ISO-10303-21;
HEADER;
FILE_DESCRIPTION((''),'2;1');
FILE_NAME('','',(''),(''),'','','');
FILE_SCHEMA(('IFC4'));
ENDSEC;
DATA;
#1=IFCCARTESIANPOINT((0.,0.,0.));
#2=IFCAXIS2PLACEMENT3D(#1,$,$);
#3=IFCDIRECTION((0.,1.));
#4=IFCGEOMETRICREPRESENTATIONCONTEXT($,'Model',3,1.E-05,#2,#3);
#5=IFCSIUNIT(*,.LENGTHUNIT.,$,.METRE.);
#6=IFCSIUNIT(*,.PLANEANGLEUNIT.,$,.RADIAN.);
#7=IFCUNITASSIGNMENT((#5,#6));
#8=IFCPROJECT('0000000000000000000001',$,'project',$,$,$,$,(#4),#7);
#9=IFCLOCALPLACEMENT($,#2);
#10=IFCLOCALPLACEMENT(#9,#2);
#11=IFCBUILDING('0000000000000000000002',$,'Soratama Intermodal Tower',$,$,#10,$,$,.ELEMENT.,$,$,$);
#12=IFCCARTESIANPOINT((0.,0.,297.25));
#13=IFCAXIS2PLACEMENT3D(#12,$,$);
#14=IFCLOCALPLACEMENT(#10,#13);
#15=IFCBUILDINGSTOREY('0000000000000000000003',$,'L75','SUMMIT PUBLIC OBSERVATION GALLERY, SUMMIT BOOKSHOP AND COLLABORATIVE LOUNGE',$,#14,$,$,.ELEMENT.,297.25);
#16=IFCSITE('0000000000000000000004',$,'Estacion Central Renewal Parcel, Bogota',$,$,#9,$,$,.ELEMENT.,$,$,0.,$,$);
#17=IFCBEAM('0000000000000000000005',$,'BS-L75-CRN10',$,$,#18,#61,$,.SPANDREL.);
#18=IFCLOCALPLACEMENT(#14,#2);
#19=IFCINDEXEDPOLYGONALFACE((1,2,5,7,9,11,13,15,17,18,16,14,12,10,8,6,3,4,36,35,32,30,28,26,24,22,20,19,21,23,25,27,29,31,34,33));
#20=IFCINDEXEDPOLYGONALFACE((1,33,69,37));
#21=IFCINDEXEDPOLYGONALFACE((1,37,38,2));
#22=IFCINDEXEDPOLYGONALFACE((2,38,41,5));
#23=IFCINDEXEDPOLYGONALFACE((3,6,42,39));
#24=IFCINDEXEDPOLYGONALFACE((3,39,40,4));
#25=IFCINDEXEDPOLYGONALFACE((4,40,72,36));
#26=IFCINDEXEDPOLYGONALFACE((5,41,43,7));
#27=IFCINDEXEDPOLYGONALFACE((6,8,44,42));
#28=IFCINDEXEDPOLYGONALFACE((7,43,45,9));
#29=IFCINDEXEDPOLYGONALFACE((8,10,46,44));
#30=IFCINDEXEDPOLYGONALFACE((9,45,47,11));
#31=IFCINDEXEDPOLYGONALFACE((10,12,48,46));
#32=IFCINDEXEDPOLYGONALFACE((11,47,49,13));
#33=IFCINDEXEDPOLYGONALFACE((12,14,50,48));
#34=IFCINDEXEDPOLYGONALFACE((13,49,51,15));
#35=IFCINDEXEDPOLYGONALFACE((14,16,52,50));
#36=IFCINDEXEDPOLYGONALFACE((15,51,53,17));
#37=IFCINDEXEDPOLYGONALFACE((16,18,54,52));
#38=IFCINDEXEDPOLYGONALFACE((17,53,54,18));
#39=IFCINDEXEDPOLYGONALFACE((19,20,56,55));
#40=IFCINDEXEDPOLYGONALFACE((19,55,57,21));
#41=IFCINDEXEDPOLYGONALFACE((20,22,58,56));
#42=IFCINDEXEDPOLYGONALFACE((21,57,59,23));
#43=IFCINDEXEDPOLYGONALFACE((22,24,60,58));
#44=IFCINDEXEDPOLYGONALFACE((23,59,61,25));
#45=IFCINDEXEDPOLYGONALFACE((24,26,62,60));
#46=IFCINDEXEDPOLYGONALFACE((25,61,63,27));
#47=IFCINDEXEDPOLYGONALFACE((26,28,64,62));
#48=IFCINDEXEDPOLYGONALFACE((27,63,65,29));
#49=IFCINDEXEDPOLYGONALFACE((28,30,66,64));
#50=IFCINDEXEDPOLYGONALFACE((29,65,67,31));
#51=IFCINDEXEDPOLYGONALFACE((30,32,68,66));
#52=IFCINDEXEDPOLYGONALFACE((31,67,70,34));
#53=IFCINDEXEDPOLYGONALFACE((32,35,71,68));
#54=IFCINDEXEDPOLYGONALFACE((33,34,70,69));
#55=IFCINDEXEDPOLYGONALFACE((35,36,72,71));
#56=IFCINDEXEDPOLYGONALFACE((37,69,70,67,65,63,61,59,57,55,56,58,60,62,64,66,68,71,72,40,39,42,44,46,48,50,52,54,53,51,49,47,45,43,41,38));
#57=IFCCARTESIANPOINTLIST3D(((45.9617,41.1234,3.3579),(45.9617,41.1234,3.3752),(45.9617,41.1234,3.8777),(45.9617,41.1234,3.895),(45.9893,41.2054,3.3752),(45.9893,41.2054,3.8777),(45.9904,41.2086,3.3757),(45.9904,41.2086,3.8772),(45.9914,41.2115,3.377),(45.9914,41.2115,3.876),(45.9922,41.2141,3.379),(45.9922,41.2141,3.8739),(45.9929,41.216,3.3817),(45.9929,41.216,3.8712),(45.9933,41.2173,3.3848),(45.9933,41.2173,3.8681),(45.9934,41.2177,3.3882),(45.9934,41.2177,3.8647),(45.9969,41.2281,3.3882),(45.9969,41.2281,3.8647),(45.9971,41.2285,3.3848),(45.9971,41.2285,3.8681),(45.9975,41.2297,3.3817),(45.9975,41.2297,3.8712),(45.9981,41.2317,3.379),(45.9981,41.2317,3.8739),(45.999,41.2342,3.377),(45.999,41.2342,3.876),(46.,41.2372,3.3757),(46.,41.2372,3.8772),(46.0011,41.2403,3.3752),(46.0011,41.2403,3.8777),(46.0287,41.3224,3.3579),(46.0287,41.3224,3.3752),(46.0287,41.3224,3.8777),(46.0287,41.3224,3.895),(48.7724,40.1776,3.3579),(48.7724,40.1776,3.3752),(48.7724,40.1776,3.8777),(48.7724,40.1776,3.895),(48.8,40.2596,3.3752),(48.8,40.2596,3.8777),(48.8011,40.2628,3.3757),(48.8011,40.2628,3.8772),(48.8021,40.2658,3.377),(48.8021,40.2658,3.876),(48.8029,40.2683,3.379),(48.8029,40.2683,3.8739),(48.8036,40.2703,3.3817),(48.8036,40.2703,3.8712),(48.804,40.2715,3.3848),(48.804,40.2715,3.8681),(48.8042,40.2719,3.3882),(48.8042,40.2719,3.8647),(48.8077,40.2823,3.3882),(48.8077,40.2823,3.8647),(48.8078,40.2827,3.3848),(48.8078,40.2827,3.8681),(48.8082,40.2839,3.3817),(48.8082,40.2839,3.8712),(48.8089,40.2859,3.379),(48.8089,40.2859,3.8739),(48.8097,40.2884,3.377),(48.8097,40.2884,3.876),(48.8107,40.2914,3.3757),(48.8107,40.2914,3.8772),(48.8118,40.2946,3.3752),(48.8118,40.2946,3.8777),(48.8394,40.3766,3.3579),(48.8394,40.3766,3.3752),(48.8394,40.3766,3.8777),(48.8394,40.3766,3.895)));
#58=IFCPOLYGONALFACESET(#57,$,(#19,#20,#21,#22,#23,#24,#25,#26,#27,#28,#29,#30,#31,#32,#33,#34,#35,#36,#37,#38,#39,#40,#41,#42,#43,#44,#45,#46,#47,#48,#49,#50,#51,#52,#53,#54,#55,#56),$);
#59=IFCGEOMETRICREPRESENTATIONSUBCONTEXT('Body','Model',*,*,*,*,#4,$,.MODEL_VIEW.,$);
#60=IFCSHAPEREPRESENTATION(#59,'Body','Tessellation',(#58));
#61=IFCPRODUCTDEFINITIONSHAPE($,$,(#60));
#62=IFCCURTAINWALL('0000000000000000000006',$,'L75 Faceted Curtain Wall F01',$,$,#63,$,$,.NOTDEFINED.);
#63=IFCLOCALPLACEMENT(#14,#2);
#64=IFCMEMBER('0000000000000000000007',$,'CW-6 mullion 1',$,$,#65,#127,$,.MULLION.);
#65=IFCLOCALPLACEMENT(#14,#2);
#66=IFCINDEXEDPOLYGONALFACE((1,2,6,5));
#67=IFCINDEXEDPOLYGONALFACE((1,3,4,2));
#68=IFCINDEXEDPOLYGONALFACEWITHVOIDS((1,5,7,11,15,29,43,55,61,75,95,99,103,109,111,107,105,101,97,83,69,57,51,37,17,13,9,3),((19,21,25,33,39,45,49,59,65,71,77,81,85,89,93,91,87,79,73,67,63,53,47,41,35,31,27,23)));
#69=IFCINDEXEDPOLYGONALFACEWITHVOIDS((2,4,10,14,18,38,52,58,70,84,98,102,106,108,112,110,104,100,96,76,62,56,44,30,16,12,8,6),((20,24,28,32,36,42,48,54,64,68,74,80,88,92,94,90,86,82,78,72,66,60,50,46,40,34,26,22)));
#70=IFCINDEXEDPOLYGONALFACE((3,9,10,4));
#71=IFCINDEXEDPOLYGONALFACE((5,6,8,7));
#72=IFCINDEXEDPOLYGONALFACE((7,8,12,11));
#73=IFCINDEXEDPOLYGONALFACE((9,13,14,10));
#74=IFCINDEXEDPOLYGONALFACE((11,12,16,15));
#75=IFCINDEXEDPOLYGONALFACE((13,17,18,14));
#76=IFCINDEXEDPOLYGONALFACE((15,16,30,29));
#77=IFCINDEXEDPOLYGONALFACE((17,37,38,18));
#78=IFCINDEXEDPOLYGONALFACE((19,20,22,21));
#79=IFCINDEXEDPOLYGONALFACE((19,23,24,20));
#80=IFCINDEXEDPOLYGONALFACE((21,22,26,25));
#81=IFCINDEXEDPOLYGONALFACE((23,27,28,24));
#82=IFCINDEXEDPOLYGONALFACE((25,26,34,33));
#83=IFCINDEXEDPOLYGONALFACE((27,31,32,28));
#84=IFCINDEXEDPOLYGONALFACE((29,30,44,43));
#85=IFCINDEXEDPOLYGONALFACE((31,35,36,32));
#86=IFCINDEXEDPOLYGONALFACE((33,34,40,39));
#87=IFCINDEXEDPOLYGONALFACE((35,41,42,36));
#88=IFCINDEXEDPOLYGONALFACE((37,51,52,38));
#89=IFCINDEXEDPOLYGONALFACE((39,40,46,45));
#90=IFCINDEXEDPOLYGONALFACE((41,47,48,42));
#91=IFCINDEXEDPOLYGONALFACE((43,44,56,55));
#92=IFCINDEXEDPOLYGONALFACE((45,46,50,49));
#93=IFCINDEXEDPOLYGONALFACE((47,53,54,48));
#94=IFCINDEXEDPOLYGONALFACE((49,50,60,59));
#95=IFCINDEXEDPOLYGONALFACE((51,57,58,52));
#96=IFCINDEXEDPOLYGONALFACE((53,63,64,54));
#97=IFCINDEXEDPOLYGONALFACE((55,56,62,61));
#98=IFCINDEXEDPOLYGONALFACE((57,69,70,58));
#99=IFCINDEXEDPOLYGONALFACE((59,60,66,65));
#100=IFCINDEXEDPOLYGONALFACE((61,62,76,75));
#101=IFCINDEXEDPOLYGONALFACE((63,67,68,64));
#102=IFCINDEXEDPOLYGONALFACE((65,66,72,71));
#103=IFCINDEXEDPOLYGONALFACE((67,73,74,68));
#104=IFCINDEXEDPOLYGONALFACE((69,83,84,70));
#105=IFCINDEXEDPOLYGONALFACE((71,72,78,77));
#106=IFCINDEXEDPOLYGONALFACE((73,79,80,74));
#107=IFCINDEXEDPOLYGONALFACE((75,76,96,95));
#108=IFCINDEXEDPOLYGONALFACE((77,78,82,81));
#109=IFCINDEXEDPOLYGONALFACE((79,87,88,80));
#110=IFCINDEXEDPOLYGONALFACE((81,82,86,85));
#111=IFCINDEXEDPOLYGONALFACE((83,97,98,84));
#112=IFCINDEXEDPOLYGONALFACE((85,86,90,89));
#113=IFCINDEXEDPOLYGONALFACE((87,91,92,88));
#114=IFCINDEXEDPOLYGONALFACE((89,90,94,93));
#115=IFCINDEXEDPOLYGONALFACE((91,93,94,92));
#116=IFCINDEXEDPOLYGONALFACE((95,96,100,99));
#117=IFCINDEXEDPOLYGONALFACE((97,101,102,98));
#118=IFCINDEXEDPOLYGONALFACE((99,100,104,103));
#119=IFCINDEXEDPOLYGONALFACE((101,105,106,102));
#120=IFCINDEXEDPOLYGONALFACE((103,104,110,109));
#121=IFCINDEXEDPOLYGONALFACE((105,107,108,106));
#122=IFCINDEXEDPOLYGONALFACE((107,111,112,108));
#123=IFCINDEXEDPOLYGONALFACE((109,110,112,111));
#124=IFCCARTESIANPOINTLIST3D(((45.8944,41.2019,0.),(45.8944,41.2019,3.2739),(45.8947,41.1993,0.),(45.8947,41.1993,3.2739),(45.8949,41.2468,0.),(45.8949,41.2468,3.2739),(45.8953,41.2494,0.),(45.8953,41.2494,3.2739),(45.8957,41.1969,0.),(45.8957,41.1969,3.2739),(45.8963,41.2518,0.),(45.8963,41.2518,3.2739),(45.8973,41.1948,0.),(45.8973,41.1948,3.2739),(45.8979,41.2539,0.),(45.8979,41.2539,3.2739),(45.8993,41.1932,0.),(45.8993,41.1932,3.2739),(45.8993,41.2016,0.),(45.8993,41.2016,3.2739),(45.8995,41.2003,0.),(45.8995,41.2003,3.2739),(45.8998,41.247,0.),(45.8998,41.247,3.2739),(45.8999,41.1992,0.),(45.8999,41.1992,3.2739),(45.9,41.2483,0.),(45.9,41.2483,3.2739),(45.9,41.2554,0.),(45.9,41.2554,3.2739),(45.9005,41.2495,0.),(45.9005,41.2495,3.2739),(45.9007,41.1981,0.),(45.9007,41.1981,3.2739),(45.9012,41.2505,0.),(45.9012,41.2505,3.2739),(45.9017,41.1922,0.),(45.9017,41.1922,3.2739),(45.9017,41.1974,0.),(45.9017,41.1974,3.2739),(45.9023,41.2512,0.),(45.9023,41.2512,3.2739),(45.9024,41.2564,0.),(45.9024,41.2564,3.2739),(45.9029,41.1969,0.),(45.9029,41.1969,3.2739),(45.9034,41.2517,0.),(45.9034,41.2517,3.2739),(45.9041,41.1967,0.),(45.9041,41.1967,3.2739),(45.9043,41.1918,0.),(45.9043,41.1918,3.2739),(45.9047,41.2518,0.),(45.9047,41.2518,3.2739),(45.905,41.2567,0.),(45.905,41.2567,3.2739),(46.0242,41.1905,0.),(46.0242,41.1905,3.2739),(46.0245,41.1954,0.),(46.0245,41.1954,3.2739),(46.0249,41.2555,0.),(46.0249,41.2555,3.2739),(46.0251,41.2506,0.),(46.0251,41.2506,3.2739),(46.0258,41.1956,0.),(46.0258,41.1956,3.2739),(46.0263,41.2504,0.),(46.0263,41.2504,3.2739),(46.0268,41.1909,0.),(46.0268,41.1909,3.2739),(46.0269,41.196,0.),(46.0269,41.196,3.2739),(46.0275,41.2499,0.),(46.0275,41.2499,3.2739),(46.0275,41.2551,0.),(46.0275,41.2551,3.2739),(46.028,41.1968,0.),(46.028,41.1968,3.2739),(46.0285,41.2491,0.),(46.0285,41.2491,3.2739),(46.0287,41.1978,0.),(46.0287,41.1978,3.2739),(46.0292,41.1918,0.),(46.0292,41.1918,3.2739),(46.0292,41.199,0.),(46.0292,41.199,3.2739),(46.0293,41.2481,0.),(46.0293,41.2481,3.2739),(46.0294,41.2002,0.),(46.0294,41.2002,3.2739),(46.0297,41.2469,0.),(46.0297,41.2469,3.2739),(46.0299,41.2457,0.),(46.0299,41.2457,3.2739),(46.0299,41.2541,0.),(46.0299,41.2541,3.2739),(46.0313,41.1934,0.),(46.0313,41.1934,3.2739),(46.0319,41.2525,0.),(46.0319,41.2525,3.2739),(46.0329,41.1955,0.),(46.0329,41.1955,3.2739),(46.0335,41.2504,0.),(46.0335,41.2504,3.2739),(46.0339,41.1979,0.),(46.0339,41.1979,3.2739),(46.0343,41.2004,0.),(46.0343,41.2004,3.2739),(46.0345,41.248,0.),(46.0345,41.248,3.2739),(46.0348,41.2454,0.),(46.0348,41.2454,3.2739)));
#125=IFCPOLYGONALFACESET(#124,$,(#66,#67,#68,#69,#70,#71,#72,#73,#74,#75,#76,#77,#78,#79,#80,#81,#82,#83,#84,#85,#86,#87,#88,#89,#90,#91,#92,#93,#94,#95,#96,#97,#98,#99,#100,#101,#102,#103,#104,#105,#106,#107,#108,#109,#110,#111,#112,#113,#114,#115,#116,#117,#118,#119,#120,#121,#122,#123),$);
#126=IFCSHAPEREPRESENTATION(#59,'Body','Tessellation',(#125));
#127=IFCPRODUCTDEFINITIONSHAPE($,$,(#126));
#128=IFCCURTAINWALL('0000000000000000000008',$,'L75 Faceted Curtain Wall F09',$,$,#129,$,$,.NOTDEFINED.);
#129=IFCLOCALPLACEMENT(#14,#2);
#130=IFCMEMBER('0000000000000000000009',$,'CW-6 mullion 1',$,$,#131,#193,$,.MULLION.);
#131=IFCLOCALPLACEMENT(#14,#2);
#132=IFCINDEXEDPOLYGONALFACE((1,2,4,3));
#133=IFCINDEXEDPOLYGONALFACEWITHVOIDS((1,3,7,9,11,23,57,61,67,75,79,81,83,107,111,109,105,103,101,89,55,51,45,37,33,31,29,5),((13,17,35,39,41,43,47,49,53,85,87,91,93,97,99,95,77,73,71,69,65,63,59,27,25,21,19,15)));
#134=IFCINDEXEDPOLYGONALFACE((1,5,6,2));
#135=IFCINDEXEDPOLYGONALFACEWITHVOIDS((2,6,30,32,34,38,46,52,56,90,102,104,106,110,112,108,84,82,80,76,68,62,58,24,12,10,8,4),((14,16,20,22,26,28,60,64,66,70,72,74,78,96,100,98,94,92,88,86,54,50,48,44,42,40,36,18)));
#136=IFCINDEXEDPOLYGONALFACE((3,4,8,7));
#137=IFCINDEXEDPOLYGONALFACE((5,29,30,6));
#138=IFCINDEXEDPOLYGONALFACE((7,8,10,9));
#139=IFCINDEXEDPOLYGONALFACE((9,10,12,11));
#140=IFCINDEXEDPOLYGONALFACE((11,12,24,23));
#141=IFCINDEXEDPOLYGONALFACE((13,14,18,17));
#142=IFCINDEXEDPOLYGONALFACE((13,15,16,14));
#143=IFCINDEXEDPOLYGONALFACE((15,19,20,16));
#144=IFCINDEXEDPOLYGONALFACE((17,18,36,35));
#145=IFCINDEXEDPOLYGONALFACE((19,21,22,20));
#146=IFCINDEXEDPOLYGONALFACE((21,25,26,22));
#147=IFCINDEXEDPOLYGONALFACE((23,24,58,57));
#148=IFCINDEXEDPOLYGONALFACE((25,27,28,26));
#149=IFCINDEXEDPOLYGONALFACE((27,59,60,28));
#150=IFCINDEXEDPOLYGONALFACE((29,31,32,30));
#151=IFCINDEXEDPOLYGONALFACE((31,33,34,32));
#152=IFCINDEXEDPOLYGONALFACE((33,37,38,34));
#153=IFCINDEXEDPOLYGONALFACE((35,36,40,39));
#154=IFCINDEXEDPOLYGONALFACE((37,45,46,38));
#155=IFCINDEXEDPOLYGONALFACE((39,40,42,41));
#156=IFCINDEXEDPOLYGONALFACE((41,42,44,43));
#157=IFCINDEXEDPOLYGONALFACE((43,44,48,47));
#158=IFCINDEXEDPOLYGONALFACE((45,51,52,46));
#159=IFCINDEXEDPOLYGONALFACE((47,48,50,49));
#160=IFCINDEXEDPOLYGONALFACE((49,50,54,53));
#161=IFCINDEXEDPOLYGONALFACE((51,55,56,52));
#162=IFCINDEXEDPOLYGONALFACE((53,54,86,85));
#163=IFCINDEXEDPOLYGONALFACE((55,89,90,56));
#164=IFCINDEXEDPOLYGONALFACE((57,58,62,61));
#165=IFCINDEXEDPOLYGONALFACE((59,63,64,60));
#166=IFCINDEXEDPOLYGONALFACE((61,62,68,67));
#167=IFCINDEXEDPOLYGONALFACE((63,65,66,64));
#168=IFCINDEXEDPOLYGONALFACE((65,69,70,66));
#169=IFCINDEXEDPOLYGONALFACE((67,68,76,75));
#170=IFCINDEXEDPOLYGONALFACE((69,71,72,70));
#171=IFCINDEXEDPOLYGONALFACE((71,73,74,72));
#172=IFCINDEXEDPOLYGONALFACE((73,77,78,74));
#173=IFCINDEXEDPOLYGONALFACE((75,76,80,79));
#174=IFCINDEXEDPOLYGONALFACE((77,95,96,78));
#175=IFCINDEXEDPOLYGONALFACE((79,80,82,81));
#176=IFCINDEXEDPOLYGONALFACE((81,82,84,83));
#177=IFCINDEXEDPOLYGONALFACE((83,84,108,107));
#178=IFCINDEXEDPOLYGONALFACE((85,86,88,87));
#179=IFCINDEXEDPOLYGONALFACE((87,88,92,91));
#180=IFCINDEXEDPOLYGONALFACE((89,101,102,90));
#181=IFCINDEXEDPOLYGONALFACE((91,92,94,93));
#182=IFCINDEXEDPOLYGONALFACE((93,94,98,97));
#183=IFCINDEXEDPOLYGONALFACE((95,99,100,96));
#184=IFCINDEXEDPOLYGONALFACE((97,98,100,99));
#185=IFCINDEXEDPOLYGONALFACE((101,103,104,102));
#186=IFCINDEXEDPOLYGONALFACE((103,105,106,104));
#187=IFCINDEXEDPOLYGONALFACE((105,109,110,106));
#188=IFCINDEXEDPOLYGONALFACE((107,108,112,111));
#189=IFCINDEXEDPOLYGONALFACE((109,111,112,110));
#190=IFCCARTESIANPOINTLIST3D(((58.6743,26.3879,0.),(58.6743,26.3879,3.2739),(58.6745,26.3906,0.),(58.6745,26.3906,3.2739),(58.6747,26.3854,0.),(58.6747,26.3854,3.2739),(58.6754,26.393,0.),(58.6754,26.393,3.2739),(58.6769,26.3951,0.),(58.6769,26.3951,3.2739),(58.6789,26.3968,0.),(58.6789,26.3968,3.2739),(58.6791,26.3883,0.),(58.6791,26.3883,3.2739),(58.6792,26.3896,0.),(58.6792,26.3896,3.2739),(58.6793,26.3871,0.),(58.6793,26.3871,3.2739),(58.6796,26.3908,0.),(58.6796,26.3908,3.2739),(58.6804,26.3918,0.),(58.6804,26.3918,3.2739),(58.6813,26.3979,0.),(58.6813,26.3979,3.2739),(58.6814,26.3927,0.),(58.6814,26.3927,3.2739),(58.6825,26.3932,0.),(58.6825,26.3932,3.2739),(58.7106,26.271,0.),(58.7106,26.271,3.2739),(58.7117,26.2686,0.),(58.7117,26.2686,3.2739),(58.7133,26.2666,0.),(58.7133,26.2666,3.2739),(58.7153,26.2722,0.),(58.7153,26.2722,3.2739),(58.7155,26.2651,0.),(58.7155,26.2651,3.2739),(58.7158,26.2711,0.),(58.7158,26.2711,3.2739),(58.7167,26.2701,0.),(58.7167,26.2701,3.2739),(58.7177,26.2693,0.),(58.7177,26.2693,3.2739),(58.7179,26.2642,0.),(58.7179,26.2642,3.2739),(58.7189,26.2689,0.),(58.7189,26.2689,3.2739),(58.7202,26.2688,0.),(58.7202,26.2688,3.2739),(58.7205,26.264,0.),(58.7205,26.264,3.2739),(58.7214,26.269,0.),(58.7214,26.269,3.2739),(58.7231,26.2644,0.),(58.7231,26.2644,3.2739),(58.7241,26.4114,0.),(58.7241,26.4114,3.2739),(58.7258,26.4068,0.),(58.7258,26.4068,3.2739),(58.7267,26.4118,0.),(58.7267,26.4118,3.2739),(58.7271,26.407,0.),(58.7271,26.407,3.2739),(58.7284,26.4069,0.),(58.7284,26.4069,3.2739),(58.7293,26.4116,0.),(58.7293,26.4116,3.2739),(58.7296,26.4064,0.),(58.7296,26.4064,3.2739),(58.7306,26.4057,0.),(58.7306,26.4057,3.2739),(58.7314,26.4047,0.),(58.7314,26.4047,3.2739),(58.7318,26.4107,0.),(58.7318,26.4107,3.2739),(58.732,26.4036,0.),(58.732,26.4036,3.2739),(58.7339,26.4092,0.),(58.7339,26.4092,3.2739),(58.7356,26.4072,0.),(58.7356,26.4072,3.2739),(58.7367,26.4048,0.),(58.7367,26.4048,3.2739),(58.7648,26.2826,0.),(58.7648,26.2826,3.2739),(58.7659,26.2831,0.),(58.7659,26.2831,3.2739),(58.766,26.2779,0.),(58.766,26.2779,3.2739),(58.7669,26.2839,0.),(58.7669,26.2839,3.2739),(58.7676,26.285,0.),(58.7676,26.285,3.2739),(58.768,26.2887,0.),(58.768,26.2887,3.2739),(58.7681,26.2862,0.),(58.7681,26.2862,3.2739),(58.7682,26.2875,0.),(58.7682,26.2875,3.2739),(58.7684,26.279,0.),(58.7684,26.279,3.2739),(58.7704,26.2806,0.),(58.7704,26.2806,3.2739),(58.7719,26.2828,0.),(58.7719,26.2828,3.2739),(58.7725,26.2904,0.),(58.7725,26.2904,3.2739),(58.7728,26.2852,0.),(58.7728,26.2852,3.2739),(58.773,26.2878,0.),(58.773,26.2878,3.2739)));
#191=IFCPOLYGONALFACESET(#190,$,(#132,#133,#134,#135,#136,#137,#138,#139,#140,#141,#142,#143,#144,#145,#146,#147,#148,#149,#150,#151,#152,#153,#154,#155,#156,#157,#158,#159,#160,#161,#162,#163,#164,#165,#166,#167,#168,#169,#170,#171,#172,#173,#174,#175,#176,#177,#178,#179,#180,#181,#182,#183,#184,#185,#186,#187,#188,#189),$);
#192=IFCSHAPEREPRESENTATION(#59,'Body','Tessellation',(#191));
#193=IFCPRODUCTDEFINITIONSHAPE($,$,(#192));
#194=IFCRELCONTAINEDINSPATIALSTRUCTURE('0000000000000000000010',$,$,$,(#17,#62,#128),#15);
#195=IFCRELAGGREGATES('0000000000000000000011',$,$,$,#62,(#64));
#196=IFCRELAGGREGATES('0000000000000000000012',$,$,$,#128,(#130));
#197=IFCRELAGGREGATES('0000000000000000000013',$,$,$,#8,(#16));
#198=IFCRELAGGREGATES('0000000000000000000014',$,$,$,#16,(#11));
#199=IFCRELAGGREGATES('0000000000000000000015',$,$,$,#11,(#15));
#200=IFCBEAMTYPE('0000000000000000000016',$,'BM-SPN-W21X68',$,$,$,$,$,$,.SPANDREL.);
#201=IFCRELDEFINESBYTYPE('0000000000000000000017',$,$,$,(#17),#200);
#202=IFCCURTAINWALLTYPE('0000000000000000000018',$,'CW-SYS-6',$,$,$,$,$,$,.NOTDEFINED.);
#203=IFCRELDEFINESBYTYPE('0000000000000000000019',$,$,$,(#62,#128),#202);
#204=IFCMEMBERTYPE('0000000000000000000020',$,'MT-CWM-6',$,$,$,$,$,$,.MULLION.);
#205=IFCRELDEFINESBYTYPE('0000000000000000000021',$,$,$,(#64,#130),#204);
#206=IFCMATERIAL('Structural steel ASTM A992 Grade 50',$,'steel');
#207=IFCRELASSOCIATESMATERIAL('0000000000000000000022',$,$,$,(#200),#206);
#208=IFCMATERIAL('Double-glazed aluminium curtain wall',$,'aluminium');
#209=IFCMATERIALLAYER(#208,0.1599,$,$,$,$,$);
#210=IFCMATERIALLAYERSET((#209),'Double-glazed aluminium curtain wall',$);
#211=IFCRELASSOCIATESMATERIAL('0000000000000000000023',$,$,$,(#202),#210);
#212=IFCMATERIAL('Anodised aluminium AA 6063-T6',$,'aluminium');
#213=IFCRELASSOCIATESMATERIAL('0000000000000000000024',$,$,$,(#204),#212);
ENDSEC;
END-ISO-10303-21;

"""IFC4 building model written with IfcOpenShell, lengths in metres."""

from ifc_helpers import new_model, si_unit, direction, frame, origin, origin_2d, place, context, subcontext, project, spatial, hollow_rectangle, i_section, extrude, material, layer, layer_set, material_profile, profile_set, type_object, element, aggregate, save


model = new_model("IFC4")

# Units and contexts
model_context = context("Model", 3, precision=1e-05, world=origin(), true_north=direction((0.0, 1.0)))
body_context = subcontext(model_context, "Body", "Model", "MODEL_VIEW")
ifc_project = project(units=[si_unit("LENGTHUNIT", "METRE"), si_unit("PLANEANGLEUNIT", "RADIAN")], contexts=[model_context])

# Site, building, storey
site_placement = place(None, origin())
site = spatial("IfcSite", under=ifc_project, at=site_placement, Name="Estacion Central Renewal Parcel, Bogota", CompositionType="ELEMENT", RefElevation=0.0)
building_placement = place(site_placement, origin())
building = spatial("IfcBuilding", under=site, at=building_placement, Name="Soratama Intermodal Tower", CompositionType="ELEMENT")
storey_placement = place(building_placement, frame((0.0, 0.0, 297.25)))
storey = spatial("IfcBuildingStorey", under=building, at=storey_placement, Name="L75", Description="SUMMIT PUBLIC OBSERVATION GALLERY, SUMMIT BOOKSHOP AND COLLABORATIVE LOUNGE", CompositionType="ELEMENT", Elevation=297.25)

# Beam
ifc_material_1 = material(Name="Structural steel ASTM A992 Grade 50", Category="steel")
ifc_material_profile_1 = material_profile(ifc_material_1, i_section(OverallWidth=0.21, OverallDepth=0.5371, WebThickness=0.011, FlangeThickness=0.0173, FilletRadius=0.0129, at=origin_2d()), Name="W21X68")
ifc_profile_set_1 = profile_set([ifc_material_profile_1], Name="Structural steel ASTM A992 Grade 50")
beam_type_1 = type_object("IfcBeamType", Name="BM-SPN-W21X68", PredefinedType="SPANDREL", material=ifc_profile_set_1)
beam_1_placement = place(storey_placement, frame((48.8059, 40.2771, 3.6265), z_axis=(-0.947782, 0.318918, 0.0), x_axis=(-0.318918, -0.947782, 0.0)))
element("IfcBeam", 1, at=beam_1_placement, inside=storey, type_object=beam_type_1, Name="BS-L75-CRN10", PredefinedType="SPANDREL", context=body_context, shape_type="SweptSolid", body=[
    extrude(i_section(OverallWidth=0.21, OverallDepth=0.5371, WebThickness=0.011, FlangeThickness=0.0173, FilletRadius=0.0129, at=origin_2d()), origin(), (0.0, 0.0, 1.0), 2.9656),
])

# Curtain wall, member
ifc_material_2 = material(Name="Double-glazed aluminium curtain wall", Category="aluminium")
ifc_layer_1 = layer(ifc_material_2, 0.1599)
ifc_layer_set_1 = layer_set([ifc_layer_1], Name="Double-glazed aluminium curtain wall")
curtain_wall_type = type_object("IfcCurtainWallType", Name="CW-SYS-6", PredefinedType="NOTDEFINED", material=ifc_layer_set_1)
curtain_wall_1_placement = place(storey_placement, origin())
curtain_wall_1 = element("IfcCurtainWall", 2, at=curtain_wall_1_placement, inside=storey, type_object=curtain_wall_type, Name="L75 Faceted Curtain Wall F01", PredefinedType="NOTDEFINED")
ifc_material_3 = material(Name="Anodised aluminium AA 6063-T6", Category="aluminium")
ifc_material_profile_2 = material_profile(ifc_material_3, hollow_rectangle(XDim=0.0649, YDim=0.1399, WallThickness=0.0049, InnerFilletRadius=0.0049, OuterFilletRadius=0.01, at=origin_2d()), Name="CWM140X65X5")
ifc_profile_set_2 = profile_set([ifc_material_profile_2], Name="Anodised aluminium AA 6063-T6")
member_type_1 = type_object("IfcMemberType", Name="MT-CWM-6", PredefinedType="MULLION", material=ifc_profile_set_2)
member_1_placement = place(storey_placement, frame((45.9646, 41.2236, 0.0), z_axis=(0.0, 0.0, 1.0), x_axis=(-0.010471, -0.999945, 0.0)))
member_1 = element("IfcMember", 3, at=member_1_placement, type_object=member_type_1, Name="CW-6 mullion 1", PredefinedType="MULLION", context=body_context, shape_type="SweptSolid", body=[
    extrude(hollow_rectangle(XDim=0.0649, YDim=0.1399, WallThickness=0.0049, InnerFilletRadius=0.0049, OuterFilletRadius=0.01, at=origin_2d()), origin(), (0.0, 0.0, 1.0), 3.2739),
])
aggregate(curtain_wall_1, [member_1])

# Curtain wall, member
curtain_wall_2_placement = place(storey_placement, origin())
curtain_wall_2 = element("IfcCurtainWall", 4, at=curtain_wall_2_placement, inside=storey, type_object=curtain_wall_type, Name="L75 Faceted Curtain Wall F09", PredefinedType="NOTDEFINED")
member_2_placement = place(storey_placement, frame((58.7236, 26.3379, 0.0), z_axis=(0.0, 0.0, 1.0), x_axis=(-0.954241, -0.29904, 0.0)))
member_2 = element("IfcMember", 5, at=member_2_placement, type_object=member_type_1, Name="CW-6 mullion 1", PredefinedType="MULLION", context=body_context, shape_type="SweptSolid", body=[
    extrude(hollow_rectangle(XDim=0.0649, YDim=0.1399, WallThickness=0.0049, InnerFilletRadius=0.0049, OuterFilletRadius=0.01, at=origin_2d()), origin(), (0.0, 0.0, 1.0), 3.2739),
])

aggregate(curtain_wall_2, [member_2])

save(model, "model.ifc")
